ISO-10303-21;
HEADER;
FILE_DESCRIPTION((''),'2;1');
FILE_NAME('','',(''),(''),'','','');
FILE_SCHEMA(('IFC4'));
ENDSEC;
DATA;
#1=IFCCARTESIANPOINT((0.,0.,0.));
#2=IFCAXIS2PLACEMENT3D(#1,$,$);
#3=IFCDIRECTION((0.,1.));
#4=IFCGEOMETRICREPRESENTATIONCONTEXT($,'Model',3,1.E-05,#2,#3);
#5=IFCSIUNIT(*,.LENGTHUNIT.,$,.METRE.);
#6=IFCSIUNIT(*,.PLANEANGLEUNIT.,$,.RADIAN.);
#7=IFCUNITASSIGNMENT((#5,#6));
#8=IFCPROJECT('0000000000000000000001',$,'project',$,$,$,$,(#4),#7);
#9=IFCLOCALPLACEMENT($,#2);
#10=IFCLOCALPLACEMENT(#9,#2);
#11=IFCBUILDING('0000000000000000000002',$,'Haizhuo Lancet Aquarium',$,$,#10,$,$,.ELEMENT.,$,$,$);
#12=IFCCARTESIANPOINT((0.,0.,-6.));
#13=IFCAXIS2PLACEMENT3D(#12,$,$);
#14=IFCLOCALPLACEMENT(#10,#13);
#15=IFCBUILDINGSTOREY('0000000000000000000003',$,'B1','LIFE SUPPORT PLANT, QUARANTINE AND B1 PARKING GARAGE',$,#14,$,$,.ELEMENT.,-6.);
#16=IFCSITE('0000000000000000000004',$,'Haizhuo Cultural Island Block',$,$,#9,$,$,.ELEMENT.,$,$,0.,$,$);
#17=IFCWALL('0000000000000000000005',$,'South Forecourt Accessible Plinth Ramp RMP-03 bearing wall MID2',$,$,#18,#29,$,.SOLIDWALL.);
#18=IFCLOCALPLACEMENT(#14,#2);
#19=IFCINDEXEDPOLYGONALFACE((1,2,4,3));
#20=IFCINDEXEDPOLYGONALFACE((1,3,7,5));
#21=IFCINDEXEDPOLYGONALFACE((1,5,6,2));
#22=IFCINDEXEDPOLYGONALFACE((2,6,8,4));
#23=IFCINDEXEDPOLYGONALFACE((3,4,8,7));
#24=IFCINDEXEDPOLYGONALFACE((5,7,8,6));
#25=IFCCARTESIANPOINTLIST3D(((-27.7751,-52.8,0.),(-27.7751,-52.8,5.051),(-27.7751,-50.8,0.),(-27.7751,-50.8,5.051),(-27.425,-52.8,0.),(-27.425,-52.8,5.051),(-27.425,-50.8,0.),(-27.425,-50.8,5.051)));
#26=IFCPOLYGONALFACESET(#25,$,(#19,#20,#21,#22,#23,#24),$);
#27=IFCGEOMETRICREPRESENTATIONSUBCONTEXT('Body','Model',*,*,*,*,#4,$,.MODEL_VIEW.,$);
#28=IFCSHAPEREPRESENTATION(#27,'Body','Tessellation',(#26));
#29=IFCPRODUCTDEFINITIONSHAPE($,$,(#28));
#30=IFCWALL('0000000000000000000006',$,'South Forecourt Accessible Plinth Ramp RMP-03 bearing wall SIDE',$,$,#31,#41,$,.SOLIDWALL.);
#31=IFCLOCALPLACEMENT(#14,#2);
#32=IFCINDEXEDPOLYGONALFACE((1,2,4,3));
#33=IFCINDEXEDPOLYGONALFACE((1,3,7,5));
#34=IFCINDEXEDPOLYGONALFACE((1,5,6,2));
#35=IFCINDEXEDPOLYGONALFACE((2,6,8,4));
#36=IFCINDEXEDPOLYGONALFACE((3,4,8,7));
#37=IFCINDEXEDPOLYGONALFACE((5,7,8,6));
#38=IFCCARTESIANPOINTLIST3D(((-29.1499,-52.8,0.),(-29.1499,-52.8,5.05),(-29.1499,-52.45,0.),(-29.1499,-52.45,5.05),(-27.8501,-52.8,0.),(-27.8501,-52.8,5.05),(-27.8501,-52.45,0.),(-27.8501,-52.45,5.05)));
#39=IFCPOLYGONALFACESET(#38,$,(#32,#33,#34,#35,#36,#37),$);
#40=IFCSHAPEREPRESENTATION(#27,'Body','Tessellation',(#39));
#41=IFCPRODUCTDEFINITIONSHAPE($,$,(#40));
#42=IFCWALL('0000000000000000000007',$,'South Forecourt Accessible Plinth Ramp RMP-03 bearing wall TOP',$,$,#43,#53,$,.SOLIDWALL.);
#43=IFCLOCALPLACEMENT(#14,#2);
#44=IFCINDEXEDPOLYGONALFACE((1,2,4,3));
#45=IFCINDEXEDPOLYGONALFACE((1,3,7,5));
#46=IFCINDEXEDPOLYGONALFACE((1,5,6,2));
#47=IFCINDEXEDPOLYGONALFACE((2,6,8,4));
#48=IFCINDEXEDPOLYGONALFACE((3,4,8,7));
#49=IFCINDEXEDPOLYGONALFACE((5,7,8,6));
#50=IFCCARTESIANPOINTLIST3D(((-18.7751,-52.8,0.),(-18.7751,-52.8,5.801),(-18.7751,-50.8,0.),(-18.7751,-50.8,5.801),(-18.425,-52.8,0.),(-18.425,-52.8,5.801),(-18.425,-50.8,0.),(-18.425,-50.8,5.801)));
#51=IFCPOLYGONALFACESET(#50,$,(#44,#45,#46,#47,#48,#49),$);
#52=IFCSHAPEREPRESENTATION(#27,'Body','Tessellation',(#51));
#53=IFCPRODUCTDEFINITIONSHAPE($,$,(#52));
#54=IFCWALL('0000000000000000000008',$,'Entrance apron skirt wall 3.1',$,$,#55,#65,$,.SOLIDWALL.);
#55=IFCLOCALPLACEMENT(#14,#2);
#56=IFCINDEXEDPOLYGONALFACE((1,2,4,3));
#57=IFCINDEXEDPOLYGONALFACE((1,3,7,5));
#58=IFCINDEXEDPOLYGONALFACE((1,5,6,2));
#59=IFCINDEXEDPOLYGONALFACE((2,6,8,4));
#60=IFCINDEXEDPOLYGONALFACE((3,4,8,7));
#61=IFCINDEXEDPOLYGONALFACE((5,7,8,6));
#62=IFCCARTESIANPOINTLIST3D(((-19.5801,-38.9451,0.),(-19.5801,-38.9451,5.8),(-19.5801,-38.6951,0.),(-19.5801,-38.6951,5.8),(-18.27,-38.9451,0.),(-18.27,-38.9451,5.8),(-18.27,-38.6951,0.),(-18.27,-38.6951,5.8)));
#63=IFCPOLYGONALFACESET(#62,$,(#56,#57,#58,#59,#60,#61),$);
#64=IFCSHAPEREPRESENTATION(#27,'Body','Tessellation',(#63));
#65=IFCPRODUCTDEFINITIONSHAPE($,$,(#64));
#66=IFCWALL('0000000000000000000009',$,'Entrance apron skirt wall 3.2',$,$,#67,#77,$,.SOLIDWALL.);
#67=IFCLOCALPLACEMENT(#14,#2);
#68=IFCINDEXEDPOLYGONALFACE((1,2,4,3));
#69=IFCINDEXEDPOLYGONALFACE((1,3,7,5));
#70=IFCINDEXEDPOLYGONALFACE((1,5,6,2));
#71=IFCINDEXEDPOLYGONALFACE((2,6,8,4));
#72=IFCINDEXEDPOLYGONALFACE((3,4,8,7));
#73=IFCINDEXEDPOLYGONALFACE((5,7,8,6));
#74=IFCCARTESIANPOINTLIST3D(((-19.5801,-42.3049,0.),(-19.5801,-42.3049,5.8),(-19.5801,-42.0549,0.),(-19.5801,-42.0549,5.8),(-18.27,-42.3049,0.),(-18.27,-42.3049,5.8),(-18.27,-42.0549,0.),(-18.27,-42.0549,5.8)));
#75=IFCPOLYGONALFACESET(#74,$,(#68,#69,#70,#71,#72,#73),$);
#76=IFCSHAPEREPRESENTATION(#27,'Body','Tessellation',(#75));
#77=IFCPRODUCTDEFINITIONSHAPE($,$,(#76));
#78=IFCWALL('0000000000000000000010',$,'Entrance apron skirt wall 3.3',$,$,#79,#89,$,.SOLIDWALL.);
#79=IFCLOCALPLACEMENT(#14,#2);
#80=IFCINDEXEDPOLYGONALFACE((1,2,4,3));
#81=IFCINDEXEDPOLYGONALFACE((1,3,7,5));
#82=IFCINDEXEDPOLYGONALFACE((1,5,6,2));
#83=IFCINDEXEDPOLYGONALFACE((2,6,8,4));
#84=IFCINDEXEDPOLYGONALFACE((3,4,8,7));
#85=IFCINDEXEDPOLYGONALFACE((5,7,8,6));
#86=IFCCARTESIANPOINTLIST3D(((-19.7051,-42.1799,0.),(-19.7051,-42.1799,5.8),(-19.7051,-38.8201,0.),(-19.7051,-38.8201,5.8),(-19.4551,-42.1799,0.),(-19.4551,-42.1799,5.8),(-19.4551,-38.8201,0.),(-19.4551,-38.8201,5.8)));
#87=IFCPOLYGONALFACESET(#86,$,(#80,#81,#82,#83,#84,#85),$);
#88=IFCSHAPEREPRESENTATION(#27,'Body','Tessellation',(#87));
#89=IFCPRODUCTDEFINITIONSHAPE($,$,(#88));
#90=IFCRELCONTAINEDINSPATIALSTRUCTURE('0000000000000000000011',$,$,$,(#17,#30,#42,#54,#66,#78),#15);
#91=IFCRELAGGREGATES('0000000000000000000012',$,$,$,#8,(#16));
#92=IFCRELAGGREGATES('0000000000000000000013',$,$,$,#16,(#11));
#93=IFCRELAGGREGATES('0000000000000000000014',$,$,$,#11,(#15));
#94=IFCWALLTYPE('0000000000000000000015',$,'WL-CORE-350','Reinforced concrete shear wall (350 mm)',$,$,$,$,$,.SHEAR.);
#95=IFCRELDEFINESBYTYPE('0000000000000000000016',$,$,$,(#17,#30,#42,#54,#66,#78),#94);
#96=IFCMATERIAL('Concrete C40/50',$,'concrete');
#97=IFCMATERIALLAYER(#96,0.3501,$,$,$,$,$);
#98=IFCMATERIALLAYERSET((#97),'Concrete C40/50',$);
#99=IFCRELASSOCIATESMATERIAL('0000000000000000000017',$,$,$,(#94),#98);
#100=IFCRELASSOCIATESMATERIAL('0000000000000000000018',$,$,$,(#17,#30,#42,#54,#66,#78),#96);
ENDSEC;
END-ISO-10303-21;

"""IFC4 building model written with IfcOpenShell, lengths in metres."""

from ifc_helpers import new_model, si_unit, direction, frame, frame_2d, origin, place, context, subcontext, project, spatial, rectangle, extrude, material, layer, layer_set, type_object, element, save


model = new_model("IFC4")

# Units and contexts
model_context = context("Model", 3, precision=1e-05, world=origin(), true_north=direction((0.0, 1.0)))
body_context = subcontext(model_context, "Body", "Model", "MODEL_VIEW")
ifc_project = project(units=[si_unit("LENGTHUNIT", "METRE"), si_unit("PLANEANGLEUNIT", "RADIAN")], contexts=[model_context])

# Site, building, storey
site_placement = place(None, origin())
site = spatial("IfcSite", under=ifc_project, at=site_placement, Name="Haizhuo Cultural Island Block", CompositionType="ELEMENT", RefElevation=0.0)
building_placement = place(site_placement, origin())
building = spatial("IfcBuilding", under=site, at=building_placement, Name="Haizhuo Lancet Aquarium", CompositionType="ELEMENT")
storey_placement = place(building_placement, frame((0.0, 0.0, -6.0)))
storey = spatial("IfcBuildingStorey", under=building, at=storey_placement, Name="B1", Description="LIFE SUPPORT PLANT, QUARANTINE AND B1 PARKING GARAGE", CompositionType="ELEMENT", Elevation=-6.0)

# Shared definitions
ifc_material_1 = material(Name="Concrete C40/50", Category="concrete")

# Walls
ifc_layer = layer(ifc_material_1, 0.3501)
ifc_layer_set = layer_set([ifc_layer], Name="Concrete C40/50")
wall_type = type_object("IfcWallType", Name="WL-CORE-350", Description="Reinforced concrete shear wall (350 mm)", PredefinedType="SHEAR", material=ifc_layer_set)
for number, where, z_axis, x_axis, name in (
    (1, (-27.6001, -52.8, 0.0), (0.0, 0.0, 1.0), (0.0, 1.0, 0.0), "South Forecourt Accessible Plinth Ramp RMP-03 bearing wall MID2"),
):
    element("IfcWall", number, at=place(storey_placement, frame(where, z_axis=z_axis, x_axis=x_axis)), inside=storey, type_object=wall_type, material=ifc_material_1, Name=name, PredefinedType="SOLIDWALL", context=body_context, shape_type="SweptSolid", body=[
        extrude(rectangle(XDim=2.0, YDim=0.3501, at=frame_2d((1.0, 0.0))), origin(), (0.0, 0.0, 1.0), 5.051),
    ])
wall_1_placement = place(storey_placement, frame((-29.1499, -52.625, 0.0), z_axis=(0.0, 0.0, 1.0), x_axis=(1.0, 0.0, 0.0)))
element("IfcWall", 2, at=wall_1_placement, inside=storey, type_object=wall_type, material=ifc_material_1, Name="South Forecourt Accessible Plinth Ramp RMP-03 bearing wall SIDE", PredefinedType="SOLIDWALL", context=body_context, shape_type="SweptSolid", body=[
    extrude(rectangle(XDim=1.2998, YDim=0.3501, at=frame_2d((0.6499, 0.0))), origin(), (0.0, 0.0, 1.0), 5.05),
])
wall_2_placement = place(storey_placement, frame((-18.6001, -52.8, 0.0), z_axis=(0.0, 0.0, 1.0), x_axis=(0.0, 1.0, 0.0)))
element("IfcWall", 3, at=wall_2_placement, inside=storey, type_object=wall_type, material=ifc_material_1, Name="South Forecourt Accessible Plinth Ramp RMP-03 bearing wall TOP", PredefinedType="SOLIDWALL", context=body_context, shape_type="SweptSolid", body=[
    extrude(rectangle(XDim=2.0, YDim=0.3501, at=frame_2d((1.0, 0.0))), origin(), (0.0, 0.0, 1.0), 5.801),
])
for number, where, z_axis, x_axis, name in (
    (4, (-19.5801, -38.8201, 0.0), (0.0, 0.0, 1.0), (1.0, 0.0, 0.0), "Entrance apron skirt wall 3.1"),
    (5, (-18.27, -42.1799, 0.0), (0.0, 0.0, 1.0), (-1.0, 0.0, 0.0), "Entrance apron skirt wall 3.2"),
):
    element("IfcWall", number, at=place(storey_placement, frame(where, z_axis=z_axis, x_axis=x_axis)), inside=storey, type_object=wall_type, material=ifc_material_1, Name=name, PredefinedType="SOLIDWALL", context=body_context, shape_type="SweptSolid", body=[
        extrude(rectangle(XDim=1.3101, YDim=0.25, at=frame_2d((0.655, 0.0))), origin(), (0.0, 0.0, 1.0), 5.8),
    ])
wall_3_placement = place(storey_placement, frame((-19.5801, -42.1799, 0.0), z_axis=(0.0, 0.0, 1.0), x_axis=(0.0, 1.0, 0.0)))
element("IfcWall", 6, at=wall_3_placement, inside=storey, type_object=wall_type, material=ifc_material_1, Name="Entrance apron skirt wall 3.3", PredefinedType="SOLIDWALL", context=body_context, shape_type="SweptSolid", body=[
    extrude(rectangle(XDim=3.3599, YDim=0.25, at=frame_2d((1.6799, 0.0))), origin(), (0.0, 0.0, 1.0), 5.8),
])

save(model, "model.ifc")
